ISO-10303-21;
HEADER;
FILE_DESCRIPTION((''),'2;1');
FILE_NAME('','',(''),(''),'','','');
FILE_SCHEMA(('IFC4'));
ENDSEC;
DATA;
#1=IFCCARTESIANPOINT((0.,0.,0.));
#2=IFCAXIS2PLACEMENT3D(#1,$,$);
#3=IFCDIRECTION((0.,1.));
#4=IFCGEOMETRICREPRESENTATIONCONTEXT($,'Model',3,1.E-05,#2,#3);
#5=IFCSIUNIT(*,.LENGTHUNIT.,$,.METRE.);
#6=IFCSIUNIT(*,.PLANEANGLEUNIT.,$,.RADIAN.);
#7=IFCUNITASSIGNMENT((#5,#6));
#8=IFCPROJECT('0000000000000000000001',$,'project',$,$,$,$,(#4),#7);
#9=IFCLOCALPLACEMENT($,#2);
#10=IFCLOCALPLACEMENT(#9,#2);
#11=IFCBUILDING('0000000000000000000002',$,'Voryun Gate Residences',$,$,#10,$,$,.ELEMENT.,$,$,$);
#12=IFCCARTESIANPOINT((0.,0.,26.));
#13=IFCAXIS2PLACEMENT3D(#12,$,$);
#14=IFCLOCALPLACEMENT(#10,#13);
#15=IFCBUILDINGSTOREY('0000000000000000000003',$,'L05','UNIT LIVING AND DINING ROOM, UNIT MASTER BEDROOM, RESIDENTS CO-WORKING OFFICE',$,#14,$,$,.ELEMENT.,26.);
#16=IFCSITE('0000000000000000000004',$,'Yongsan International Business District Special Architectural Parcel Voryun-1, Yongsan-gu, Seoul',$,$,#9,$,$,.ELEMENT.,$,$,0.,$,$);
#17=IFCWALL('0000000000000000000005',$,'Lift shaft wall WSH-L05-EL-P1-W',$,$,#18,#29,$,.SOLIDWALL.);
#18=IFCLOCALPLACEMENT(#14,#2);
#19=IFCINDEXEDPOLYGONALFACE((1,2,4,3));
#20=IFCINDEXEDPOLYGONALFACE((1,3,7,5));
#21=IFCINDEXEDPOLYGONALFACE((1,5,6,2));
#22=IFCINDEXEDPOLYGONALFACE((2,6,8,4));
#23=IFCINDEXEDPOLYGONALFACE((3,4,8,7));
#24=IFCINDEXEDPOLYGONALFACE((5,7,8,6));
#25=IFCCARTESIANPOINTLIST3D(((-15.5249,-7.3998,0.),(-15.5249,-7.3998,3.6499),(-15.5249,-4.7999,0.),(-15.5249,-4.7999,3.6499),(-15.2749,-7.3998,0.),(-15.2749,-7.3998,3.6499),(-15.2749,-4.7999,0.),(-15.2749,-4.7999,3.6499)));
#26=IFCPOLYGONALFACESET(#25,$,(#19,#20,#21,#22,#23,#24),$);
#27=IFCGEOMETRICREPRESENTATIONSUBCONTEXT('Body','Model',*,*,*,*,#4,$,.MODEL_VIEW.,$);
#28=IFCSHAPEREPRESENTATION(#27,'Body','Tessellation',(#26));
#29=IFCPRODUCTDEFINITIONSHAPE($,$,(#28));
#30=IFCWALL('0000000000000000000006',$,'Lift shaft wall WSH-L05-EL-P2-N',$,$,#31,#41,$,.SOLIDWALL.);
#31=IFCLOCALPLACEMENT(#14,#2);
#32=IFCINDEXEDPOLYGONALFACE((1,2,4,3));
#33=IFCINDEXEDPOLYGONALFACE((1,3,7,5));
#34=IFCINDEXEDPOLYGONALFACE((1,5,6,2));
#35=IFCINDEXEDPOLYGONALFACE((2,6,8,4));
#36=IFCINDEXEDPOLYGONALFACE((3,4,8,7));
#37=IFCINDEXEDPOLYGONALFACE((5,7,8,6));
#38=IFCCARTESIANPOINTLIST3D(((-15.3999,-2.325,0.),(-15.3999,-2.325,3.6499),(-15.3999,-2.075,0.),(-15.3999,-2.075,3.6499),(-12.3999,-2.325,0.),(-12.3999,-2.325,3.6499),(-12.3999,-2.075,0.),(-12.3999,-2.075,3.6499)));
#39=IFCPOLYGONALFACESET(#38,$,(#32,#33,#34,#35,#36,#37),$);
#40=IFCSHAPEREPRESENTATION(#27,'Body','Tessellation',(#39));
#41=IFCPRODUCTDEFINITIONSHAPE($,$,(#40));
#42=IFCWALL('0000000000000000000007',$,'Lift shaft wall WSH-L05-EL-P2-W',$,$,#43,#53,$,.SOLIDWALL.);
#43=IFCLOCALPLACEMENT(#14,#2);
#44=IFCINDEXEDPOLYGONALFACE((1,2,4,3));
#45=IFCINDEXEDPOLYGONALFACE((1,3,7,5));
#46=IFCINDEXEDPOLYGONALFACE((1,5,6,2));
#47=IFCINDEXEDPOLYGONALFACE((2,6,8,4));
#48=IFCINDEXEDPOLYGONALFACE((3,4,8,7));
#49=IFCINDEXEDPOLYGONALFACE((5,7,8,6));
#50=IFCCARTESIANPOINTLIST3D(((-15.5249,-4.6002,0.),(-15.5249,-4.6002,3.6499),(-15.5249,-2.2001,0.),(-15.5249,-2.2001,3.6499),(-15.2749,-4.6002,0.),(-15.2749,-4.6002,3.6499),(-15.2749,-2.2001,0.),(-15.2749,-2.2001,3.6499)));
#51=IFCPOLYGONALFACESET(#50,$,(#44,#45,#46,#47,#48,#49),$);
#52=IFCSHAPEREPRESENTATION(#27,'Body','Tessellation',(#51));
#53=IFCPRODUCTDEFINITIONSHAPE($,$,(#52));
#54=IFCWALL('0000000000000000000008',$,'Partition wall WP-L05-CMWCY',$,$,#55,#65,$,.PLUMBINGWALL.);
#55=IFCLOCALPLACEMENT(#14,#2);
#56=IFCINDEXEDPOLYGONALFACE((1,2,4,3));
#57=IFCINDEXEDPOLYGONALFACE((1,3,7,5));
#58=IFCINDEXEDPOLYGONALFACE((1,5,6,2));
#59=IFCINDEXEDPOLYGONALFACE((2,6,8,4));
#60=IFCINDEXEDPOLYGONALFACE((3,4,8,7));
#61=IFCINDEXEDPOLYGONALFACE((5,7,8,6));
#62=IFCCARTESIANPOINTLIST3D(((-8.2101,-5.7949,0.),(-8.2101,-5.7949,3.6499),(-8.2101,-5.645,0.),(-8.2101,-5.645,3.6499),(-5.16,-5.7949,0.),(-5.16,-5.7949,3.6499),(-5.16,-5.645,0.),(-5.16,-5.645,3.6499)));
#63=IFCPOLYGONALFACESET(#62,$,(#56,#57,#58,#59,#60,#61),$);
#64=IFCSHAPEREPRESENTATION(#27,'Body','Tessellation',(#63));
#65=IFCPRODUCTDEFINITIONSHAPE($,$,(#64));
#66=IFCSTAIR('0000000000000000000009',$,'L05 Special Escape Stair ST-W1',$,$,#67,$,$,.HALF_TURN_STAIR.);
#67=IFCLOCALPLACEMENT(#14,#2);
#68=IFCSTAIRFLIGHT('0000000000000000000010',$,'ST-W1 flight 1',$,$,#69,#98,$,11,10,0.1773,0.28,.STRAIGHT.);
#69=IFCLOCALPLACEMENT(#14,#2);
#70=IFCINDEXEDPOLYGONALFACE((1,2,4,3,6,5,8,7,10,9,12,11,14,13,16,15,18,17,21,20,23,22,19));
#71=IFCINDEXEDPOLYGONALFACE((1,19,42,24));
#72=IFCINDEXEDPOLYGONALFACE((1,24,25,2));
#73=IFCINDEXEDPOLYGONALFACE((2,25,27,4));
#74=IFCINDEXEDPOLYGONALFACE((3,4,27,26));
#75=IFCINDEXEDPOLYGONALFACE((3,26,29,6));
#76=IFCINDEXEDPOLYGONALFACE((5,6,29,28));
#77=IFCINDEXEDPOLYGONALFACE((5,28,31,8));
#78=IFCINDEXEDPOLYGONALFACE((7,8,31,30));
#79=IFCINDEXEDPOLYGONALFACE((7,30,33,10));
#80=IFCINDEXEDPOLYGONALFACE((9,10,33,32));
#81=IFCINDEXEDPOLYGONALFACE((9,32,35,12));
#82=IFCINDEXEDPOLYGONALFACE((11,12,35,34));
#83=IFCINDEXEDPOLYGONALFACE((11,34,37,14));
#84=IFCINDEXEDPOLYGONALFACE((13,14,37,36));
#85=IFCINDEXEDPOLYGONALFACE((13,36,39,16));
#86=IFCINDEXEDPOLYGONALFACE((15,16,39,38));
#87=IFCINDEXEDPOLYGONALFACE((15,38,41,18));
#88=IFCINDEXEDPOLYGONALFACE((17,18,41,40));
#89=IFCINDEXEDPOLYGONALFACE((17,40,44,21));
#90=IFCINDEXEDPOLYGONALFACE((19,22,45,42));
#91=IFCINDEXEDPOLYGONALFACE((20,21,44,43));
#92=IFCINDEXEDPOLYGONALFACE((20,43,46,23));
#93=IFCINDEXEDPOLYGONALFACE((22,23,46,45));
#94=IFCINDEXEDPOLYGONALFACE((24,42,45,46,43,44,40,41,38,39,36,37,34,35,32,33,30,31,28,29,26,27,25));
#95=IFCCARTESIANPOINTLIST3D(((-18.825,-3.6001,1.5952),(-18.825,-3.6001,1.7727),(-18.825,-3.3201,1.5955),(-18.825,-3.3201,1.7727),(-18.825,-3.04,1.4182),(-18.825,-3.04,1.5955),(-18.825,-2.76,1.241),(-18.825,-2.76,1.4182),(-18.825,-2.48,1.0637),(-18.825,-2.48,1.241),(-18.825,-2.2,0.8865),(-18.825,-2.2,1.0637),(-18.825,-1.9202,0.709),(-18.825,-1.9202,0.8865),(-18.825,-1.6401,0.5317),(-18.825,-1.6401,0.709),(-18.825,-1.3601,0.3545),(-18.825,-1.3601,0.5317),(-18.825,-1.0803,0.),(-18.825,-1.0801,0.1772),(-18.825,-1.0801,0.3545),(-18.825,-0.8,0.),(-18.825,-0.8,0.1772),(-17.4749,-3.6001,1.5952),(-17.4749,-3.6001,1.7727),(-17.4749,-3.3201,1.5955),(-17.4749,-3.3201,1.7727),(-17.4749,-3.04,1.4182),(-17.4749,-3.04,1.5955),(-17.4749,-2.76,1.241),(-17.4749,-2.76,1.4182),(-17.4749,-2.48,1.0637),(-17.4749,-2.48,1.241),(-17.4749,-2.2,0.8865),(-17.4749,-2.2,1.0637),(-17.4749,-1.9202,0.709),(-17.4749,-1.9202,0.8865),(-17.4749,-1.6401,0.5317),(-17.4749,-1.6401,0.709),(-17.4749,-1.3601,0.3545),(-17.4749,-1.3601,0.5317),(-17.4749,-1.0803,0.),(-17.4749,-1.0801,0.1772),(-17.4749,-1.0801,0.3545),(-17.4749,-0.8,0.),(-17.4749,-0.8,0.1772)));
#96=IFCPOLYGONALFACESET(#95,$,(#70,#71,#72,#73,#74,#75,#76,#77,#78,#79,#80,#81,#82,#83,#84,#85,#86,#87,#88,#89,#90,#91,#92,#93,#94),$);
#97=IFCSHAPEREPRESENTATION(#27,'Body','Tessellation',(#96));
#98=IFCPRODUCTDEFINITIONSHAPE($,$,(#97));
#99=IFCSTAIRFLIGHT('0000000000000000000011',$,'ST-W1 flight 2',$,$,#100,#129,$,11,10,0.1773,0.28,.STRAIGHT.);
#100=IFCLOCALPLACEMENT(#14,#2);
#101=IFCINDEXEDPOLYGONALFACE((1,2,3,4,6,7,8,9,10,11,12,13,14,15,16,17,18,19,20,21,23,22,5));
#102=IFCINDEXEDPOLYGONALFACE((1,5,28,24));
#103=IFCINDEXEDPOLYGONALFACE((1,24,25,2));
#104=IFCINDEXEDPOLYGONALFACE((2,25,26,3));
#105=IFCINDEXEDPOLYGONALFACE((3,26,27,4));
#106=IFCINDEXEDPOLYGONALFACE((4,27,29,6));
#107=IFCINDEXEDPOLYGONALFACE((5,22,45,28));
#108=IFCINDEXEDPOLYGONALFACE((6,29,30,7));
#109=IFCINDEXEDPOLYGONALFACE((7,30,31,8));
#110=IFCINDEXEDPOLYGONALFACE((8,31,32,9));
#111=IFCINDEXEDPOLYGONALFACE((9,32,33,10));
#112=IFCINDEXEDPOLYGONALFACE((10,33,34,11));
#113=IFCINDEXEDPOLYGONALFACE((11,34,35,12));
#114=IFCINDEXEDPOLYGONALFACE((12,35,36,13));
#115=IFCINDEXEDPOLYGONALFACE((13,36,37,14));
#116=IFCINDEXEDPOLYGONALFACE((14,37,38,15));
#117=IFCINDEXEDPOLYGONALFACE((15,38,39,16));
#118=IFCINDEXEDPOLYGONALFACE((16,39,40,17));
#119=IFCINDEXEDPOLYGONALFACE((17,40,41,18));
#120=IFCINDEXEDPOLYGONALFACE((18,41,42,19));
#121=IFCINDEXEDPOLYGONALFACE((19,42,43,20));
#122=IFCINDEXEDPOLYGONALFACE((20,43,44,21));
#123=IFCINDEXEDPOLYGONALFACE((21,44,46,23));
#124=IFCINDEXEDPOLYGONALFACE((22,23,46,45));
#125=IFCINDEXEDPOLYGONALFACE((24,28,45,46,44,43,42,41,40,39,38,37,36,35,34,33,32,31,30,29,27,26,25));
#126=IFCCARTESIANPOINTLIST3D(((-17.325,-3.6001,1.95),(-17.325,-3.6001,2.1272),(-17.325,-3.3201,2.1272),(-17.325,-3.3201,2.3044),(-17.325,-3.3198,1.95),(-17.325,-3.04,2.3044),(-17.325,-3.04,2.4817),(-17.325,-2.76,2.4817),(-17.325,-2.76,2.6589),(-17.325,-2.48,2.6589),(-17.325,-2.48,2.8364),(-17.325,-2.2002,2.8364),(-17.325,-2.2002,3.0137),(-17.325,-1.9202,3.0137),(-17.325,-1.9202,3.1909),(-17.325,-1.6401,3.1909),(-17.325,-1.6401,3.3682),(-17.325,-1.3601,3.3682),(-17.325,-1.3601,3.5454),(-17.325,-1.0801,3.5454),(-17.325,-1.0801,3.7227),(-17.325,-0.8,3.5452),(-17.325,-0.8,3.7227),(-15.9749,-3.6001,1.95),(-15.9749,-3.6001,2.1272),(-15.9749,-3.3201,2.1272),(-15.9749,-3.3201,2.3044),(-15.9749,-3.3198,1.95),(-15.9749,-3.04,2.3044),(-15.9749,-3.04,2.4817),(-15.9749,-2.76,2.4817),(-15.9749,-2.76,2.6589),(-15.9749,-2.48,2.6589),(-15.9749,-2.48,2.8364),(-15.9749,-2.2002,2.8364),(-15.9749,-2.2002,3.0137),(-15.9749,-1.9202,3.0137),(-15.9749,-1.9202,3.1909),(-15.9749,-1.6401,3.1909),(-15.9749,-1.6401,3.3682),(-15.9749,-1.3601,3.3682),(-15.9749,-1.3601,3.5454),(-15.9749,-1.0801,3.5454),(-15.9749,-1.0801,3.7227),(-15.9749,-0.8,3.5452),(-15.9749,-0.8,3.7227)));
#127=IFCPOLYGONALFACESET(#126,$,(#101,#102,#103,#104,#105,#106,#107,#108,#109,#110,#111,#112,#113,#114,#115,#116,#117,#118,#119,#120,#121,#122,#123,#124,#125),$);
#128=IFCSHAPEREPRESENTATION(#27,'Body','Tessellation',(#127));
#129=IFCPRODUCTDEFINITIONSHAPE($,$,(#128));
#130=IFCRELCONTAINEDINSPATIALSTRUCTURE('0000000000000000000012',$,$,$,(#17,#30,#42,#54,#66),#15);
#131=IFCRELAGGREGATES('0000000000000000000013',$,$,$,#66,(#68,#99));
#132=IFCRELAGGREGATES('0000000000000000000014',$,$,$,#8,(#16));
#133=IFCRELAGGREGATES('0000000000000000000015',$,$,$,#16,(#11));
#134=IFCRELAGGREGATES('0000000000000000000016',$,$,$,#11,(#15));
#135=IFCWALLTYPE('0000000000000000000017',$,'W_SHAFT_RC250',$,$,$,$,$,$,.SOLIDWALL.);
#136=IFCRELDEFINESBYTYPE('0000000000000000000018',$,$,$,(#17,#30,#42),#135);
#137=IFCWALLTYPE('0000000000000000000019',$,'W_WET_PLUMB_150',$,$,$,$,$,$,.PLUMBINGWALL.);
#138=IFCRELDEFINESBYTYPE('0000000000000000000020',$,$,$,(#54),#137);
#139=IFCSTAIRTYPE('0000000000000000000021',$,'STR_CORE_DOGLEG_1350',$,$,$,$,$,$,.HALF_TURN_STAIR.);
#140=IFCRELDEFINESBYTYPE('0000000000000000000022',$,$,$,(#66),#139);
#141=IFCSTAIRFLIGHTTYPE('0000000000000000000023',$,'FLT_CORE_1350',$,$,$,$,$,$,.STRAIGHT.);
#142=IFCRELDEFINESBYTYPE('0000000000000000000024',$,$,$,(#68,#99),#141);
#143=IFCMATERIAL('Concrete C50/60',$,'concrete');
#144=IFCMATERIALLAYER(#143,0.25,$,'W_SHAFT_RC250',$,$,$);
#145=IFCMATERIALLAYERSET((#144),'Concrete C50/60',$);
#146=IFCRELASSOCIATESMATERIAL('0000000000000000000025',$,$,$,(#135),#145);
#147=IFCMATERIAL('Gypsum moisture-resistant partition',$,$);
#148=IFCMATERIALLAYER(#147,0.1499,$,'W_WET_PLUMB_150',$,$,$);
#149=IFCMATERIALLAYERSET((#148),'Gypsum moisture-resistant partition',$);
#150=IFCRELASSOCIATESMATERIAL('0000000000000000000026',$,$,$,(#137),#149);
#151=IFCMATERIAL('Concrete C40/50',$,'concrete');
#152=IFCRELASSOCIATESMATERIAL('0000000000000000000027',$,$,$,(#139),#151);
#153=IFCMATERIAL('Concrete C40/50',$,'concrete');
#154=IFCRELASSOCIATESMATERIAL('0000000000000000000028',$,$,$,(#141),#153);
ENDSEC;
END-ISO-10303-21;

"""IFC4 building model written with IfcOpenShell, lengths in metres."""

from ifc_helpers import new_model, si_unit, direction, frame, frame_2d, origin, place, context, subcontext, project, spatial, polyline, rectangle, outline, extrude, material, layer, layer_set, type_object, element, aggregate, save


model = new_model("IFC4")

# Units and contexts
model_context = context("Model", 3, precision=1e-05, world=origin(), true_north=direction((0.0, 1.0)))
body_context = subcontext(model_context, "Body", "Model", "MODEL_VIEW")
ifc_project = project(units=[si_unit("LENGTHUNIT", "METRE"), si_unit("PLANEANGLEUNIT", "RADIAN")], contexts=[model_context])

# Site, building, storey
site_placement = place(None, origin())
site = spatial("IfcSite", under=ifc_project, at=site_placement, Name="Yongsan International Business District Special Architectural Parcel Voryun-1, Yongsan-gu, Seoul", CompositionType="ELEMENT", RefElevation=0.0)
building_placement = place(site_placement, origin())
building = spatial("IfcBuilding", under=site, at=building_placement, Name="Voryun Gate Residences", CompositionType="ELEMENT")
storey_placement = place(building_placement, frame((0.0, 0.0, 26.0)))
storey = spatial("IfcBuildingStorey", under=building, at=storey_placement, Name="L05", Description="UNIT LIVING AND DINING ROOM, UNIT MASTER BEDROOM, RESIDENTS CO-WORKING OFFICE", CompositionType="ELEMENT", Elevation=26.0)

# Walls
ifc_material_1 = material(Name="Concrete C50/60", Category="concrete")
ifc_layer_1 = layer(ifc_material_1, 0.25, Name="W_SHAFT_RC250")
ifc_layer_set_1 = layer_set([ifc_layer_1], Name="Concrete C50/60")
wall_type_1 = type_object("IfcWallType", Name="W_SHAFT_RC250", PredefinedType="SOLIDWALL", material=ifc_layer_set_1)
wall_1_placement = place(storey_placement, frame((-15.3999, -4.8, 0.0), z_axis=(0.0, 0.0, 1.0), x_axis=(0.0, -1.0, 0.0)))
element("IfcWall", 1, at=wall_1_placement, inside=storey, type_object=wall_type_1, Name="Lift shaft wall WSH-L05-EL-P1-W", PredefinedType="SOLIDWALL", context=body_context, shape_type="SweptSolid", body=[
    extrude(rectangle(XDim=2.5999, YDim=0.25, at=frame_2d((1.2998, 0.0))), origin(), (0.0, 0.0, 1.0), 3.6499),
])
wall_2_placement = place(storey_placement, frame((-12.3999, -2.2, 0.0), z_axis=(0.0, 0.0, 1.0), x_axis=(-1.0, 0.0, 0.0)))
element("IfcWall", 2, at=wall_2_placement, inside=storey, type_object=wall_type_1, Name="Lift shaft wall WSH-L05-EL-P2-N", PredefinedType="SOLIDWALL", context=body_context, shape_type="SweptSolid", body=[
    extrude(rectangle(XDim=3.0, YDim=0.25, at=frame_2d((1.5, 0.0))), origin(), (0.0, 0.0, 1.0), 3.6499),
])
wall_3_placement = place(storey_placement, frame((-15.3999, -2.2, 0.0), z_axis=(0.0, 0.0, 1.0), x_axis=(0.0, -1.0, 0.0)))
element("IfcWall", 3, at=wall_3_placement, inside=storey, type_object=wall_type_1, Name="Lift shaft wall WSH-L05-EL-P2-W", PredefinedType="SOLIDWALL", context=body_context, shape_type="SweptSolid", body=[
    extrude(rectangle(XDim=2.4001, YDim=0.25, at=frame_2d((1.2002, 0.0))), origin(), (0.0, 0.0, 1.0), 3.6499),
])
ifc_material_2 = material(Name="Gypsum moisture-resistant partition")
ifc_layer_2 = layer(ifc_material_2, 0.1499, Name="W_WET_PLUMB_150")
ifc_layer_set_2 = layer_set([ifc_layer_2], Name="Gypsum moisture-resistant partition")
wall_type_2 = type_object("IfcWallType", Name="W_WET_PLUMB_150", PredefinedType="PLUMBINGWALL", material=ifc_layer_set_2)
wall_4_placement = place(storey_placement, frame((-8.21, -5.72, 0.0), z_axis=(0.0, 0.0, 1.0), x_axis=(1.0, 0.0, 0.0)))
element("IfcWall", 4, at=wall_4_placement, inside=storey, type_object=wall_type_2, Name="Partition wall WP-L05-CMWCY", PredefinedType="PLUMBINGWALL", context=body_context, shape_type="SweptSolid", body=[
    extrude(rectangle(XDim=3.05, YDim=0.1499, at=frame_2d((1.5249, 0.0))), origin(), (0.0, 0.0, 1.0), 3.6499),
])

# Stair, stair flights
ifc_material_3 = material(Name="Concrete C40/50", Category="concrete")
stair_type = type_object("IfcStairType", Name="STR_CORE_DOGLEG_1350", PredefinedType="HALF_TURN_STAIR", material=ifc_material_3)
stair_placement = place(storey_placement, origin())
stair = element("IfcStair", 5, at=stair_placement, inside=storey, type_object=stair_type, Name="L05 Special Escape Stair ST-W1", PredefinedType="HALF_TURN_STAIR")
ifc_material_4 = material(Name="Concrete C40/50", Category="concrete")
stair_flight_type = type_object("IfcStairFlightType", Name="FLT_CORE_1350", PredefinedType="STRAIGHT", material=ifc_material_4)
stair_flight_1_placement = place(storey_placement, frame((-18.1499, -0.8, 0.0), z_axis=(0.0, 0.0, 1.0), x_axis=(0.0, -1.0, 0.0)))
stair_flight_1 = element("IfcStairFlight", 6, at=stair_flight_1_placement, type_object=stair_flight_type, Name="ST-W1 flight 1", NumberOfRisers=11, NumberOfTreads=10, PredefinedType="STRAIGHT", RiserHeight=0.1773, TreadLength=0.28, context=body_context, shape_type="SweptSolid", body=[
    extrude(outline(polyline([(0.0, 0.0), (0.0, 0.1772), (0.28, 0.1772), (0.28, 0.3545), (0.5601, 0.3545), (0.5601, 0.5317), (0.8401, 0.5317), (0.8401, 0.709), (1.1201, 0.709), (1.1201, 0.8865), (1.3999, 0.8865), (1.3999, 1.0637), (1.6799, 1.0637), (1.6799, 1.241), (1.96, 1.241), (1.96, 1.4182), (2.24, 1.4182), (2.24, 1.5955), (2.52, 1.5955), (2.52, 1.7727), (2.8, 1.7727), (2.8, 1.95), (2.8, 1.5952), (0.2803, 0.0), (0.0, 0.0)])), frame((0.0, 0.675, 0.0), z_axis=(0.0, -1.0, 0.0), x_axis=(1.0, 0.0, 0.0)), (0.0, 0.0, 1.0), 1.3501),
])
stair_flight_2_placement = place(storey_placement, frame((-16.6499, -3.6001, 1.95), z_axis=(0.0, 0.0, 1.0), x_axis=(0.0, 1.0, 0.0)))
stair_flight_2 = element("IfcStairFlight", 7, at=stair_flight_2_placement, type_object=stair_flight_type, Name="ST-W1 flight 2", NumberOfRisers=11, NumberOfTreads=10, PredefinedType="STRAIGHT", RiserHeight=0.1773, TreadLength=0.28, context=body_context, shape_type="SweptSolid", body=[
    extrude(outline(polyline([(0.0, 0.0), (0.0, 0.1772), (0.28, 0.1772), (0.28, 0.3545), (0.5601, 0.3545), (0.5601, 0.5317), (0.8401, 0.5317), (0.8401, 0.709), (1.1201, 0.709), (1.1201, 0.8865), (1.3999, 0.8865), (1.3999, 1.0637), (1.6799, 1.0637), (1.6799, 1.241), (1.96, 1.241), (1.96, 1.4182), (2.24, 1.4182), (2.24, 1.5955), (2.52, 1.5955), (2.52, 1.7727), (2.8, 1.7727), (2.8, 1.95), (2.8, 1.5952), (0.2803, 0.0), (0.0, 0.0)])), frame((0.0, 0.675, 0.0), z_axis=(0.0, -1.0, 0.0), x_axis=(1.0, 0.0, 0.0)), (0.0, 0.0, 1.0), 1.3501),
])
aggregate(stair, [stair_flight_1, stair_flight_2])

save(model, "model.ifc")
